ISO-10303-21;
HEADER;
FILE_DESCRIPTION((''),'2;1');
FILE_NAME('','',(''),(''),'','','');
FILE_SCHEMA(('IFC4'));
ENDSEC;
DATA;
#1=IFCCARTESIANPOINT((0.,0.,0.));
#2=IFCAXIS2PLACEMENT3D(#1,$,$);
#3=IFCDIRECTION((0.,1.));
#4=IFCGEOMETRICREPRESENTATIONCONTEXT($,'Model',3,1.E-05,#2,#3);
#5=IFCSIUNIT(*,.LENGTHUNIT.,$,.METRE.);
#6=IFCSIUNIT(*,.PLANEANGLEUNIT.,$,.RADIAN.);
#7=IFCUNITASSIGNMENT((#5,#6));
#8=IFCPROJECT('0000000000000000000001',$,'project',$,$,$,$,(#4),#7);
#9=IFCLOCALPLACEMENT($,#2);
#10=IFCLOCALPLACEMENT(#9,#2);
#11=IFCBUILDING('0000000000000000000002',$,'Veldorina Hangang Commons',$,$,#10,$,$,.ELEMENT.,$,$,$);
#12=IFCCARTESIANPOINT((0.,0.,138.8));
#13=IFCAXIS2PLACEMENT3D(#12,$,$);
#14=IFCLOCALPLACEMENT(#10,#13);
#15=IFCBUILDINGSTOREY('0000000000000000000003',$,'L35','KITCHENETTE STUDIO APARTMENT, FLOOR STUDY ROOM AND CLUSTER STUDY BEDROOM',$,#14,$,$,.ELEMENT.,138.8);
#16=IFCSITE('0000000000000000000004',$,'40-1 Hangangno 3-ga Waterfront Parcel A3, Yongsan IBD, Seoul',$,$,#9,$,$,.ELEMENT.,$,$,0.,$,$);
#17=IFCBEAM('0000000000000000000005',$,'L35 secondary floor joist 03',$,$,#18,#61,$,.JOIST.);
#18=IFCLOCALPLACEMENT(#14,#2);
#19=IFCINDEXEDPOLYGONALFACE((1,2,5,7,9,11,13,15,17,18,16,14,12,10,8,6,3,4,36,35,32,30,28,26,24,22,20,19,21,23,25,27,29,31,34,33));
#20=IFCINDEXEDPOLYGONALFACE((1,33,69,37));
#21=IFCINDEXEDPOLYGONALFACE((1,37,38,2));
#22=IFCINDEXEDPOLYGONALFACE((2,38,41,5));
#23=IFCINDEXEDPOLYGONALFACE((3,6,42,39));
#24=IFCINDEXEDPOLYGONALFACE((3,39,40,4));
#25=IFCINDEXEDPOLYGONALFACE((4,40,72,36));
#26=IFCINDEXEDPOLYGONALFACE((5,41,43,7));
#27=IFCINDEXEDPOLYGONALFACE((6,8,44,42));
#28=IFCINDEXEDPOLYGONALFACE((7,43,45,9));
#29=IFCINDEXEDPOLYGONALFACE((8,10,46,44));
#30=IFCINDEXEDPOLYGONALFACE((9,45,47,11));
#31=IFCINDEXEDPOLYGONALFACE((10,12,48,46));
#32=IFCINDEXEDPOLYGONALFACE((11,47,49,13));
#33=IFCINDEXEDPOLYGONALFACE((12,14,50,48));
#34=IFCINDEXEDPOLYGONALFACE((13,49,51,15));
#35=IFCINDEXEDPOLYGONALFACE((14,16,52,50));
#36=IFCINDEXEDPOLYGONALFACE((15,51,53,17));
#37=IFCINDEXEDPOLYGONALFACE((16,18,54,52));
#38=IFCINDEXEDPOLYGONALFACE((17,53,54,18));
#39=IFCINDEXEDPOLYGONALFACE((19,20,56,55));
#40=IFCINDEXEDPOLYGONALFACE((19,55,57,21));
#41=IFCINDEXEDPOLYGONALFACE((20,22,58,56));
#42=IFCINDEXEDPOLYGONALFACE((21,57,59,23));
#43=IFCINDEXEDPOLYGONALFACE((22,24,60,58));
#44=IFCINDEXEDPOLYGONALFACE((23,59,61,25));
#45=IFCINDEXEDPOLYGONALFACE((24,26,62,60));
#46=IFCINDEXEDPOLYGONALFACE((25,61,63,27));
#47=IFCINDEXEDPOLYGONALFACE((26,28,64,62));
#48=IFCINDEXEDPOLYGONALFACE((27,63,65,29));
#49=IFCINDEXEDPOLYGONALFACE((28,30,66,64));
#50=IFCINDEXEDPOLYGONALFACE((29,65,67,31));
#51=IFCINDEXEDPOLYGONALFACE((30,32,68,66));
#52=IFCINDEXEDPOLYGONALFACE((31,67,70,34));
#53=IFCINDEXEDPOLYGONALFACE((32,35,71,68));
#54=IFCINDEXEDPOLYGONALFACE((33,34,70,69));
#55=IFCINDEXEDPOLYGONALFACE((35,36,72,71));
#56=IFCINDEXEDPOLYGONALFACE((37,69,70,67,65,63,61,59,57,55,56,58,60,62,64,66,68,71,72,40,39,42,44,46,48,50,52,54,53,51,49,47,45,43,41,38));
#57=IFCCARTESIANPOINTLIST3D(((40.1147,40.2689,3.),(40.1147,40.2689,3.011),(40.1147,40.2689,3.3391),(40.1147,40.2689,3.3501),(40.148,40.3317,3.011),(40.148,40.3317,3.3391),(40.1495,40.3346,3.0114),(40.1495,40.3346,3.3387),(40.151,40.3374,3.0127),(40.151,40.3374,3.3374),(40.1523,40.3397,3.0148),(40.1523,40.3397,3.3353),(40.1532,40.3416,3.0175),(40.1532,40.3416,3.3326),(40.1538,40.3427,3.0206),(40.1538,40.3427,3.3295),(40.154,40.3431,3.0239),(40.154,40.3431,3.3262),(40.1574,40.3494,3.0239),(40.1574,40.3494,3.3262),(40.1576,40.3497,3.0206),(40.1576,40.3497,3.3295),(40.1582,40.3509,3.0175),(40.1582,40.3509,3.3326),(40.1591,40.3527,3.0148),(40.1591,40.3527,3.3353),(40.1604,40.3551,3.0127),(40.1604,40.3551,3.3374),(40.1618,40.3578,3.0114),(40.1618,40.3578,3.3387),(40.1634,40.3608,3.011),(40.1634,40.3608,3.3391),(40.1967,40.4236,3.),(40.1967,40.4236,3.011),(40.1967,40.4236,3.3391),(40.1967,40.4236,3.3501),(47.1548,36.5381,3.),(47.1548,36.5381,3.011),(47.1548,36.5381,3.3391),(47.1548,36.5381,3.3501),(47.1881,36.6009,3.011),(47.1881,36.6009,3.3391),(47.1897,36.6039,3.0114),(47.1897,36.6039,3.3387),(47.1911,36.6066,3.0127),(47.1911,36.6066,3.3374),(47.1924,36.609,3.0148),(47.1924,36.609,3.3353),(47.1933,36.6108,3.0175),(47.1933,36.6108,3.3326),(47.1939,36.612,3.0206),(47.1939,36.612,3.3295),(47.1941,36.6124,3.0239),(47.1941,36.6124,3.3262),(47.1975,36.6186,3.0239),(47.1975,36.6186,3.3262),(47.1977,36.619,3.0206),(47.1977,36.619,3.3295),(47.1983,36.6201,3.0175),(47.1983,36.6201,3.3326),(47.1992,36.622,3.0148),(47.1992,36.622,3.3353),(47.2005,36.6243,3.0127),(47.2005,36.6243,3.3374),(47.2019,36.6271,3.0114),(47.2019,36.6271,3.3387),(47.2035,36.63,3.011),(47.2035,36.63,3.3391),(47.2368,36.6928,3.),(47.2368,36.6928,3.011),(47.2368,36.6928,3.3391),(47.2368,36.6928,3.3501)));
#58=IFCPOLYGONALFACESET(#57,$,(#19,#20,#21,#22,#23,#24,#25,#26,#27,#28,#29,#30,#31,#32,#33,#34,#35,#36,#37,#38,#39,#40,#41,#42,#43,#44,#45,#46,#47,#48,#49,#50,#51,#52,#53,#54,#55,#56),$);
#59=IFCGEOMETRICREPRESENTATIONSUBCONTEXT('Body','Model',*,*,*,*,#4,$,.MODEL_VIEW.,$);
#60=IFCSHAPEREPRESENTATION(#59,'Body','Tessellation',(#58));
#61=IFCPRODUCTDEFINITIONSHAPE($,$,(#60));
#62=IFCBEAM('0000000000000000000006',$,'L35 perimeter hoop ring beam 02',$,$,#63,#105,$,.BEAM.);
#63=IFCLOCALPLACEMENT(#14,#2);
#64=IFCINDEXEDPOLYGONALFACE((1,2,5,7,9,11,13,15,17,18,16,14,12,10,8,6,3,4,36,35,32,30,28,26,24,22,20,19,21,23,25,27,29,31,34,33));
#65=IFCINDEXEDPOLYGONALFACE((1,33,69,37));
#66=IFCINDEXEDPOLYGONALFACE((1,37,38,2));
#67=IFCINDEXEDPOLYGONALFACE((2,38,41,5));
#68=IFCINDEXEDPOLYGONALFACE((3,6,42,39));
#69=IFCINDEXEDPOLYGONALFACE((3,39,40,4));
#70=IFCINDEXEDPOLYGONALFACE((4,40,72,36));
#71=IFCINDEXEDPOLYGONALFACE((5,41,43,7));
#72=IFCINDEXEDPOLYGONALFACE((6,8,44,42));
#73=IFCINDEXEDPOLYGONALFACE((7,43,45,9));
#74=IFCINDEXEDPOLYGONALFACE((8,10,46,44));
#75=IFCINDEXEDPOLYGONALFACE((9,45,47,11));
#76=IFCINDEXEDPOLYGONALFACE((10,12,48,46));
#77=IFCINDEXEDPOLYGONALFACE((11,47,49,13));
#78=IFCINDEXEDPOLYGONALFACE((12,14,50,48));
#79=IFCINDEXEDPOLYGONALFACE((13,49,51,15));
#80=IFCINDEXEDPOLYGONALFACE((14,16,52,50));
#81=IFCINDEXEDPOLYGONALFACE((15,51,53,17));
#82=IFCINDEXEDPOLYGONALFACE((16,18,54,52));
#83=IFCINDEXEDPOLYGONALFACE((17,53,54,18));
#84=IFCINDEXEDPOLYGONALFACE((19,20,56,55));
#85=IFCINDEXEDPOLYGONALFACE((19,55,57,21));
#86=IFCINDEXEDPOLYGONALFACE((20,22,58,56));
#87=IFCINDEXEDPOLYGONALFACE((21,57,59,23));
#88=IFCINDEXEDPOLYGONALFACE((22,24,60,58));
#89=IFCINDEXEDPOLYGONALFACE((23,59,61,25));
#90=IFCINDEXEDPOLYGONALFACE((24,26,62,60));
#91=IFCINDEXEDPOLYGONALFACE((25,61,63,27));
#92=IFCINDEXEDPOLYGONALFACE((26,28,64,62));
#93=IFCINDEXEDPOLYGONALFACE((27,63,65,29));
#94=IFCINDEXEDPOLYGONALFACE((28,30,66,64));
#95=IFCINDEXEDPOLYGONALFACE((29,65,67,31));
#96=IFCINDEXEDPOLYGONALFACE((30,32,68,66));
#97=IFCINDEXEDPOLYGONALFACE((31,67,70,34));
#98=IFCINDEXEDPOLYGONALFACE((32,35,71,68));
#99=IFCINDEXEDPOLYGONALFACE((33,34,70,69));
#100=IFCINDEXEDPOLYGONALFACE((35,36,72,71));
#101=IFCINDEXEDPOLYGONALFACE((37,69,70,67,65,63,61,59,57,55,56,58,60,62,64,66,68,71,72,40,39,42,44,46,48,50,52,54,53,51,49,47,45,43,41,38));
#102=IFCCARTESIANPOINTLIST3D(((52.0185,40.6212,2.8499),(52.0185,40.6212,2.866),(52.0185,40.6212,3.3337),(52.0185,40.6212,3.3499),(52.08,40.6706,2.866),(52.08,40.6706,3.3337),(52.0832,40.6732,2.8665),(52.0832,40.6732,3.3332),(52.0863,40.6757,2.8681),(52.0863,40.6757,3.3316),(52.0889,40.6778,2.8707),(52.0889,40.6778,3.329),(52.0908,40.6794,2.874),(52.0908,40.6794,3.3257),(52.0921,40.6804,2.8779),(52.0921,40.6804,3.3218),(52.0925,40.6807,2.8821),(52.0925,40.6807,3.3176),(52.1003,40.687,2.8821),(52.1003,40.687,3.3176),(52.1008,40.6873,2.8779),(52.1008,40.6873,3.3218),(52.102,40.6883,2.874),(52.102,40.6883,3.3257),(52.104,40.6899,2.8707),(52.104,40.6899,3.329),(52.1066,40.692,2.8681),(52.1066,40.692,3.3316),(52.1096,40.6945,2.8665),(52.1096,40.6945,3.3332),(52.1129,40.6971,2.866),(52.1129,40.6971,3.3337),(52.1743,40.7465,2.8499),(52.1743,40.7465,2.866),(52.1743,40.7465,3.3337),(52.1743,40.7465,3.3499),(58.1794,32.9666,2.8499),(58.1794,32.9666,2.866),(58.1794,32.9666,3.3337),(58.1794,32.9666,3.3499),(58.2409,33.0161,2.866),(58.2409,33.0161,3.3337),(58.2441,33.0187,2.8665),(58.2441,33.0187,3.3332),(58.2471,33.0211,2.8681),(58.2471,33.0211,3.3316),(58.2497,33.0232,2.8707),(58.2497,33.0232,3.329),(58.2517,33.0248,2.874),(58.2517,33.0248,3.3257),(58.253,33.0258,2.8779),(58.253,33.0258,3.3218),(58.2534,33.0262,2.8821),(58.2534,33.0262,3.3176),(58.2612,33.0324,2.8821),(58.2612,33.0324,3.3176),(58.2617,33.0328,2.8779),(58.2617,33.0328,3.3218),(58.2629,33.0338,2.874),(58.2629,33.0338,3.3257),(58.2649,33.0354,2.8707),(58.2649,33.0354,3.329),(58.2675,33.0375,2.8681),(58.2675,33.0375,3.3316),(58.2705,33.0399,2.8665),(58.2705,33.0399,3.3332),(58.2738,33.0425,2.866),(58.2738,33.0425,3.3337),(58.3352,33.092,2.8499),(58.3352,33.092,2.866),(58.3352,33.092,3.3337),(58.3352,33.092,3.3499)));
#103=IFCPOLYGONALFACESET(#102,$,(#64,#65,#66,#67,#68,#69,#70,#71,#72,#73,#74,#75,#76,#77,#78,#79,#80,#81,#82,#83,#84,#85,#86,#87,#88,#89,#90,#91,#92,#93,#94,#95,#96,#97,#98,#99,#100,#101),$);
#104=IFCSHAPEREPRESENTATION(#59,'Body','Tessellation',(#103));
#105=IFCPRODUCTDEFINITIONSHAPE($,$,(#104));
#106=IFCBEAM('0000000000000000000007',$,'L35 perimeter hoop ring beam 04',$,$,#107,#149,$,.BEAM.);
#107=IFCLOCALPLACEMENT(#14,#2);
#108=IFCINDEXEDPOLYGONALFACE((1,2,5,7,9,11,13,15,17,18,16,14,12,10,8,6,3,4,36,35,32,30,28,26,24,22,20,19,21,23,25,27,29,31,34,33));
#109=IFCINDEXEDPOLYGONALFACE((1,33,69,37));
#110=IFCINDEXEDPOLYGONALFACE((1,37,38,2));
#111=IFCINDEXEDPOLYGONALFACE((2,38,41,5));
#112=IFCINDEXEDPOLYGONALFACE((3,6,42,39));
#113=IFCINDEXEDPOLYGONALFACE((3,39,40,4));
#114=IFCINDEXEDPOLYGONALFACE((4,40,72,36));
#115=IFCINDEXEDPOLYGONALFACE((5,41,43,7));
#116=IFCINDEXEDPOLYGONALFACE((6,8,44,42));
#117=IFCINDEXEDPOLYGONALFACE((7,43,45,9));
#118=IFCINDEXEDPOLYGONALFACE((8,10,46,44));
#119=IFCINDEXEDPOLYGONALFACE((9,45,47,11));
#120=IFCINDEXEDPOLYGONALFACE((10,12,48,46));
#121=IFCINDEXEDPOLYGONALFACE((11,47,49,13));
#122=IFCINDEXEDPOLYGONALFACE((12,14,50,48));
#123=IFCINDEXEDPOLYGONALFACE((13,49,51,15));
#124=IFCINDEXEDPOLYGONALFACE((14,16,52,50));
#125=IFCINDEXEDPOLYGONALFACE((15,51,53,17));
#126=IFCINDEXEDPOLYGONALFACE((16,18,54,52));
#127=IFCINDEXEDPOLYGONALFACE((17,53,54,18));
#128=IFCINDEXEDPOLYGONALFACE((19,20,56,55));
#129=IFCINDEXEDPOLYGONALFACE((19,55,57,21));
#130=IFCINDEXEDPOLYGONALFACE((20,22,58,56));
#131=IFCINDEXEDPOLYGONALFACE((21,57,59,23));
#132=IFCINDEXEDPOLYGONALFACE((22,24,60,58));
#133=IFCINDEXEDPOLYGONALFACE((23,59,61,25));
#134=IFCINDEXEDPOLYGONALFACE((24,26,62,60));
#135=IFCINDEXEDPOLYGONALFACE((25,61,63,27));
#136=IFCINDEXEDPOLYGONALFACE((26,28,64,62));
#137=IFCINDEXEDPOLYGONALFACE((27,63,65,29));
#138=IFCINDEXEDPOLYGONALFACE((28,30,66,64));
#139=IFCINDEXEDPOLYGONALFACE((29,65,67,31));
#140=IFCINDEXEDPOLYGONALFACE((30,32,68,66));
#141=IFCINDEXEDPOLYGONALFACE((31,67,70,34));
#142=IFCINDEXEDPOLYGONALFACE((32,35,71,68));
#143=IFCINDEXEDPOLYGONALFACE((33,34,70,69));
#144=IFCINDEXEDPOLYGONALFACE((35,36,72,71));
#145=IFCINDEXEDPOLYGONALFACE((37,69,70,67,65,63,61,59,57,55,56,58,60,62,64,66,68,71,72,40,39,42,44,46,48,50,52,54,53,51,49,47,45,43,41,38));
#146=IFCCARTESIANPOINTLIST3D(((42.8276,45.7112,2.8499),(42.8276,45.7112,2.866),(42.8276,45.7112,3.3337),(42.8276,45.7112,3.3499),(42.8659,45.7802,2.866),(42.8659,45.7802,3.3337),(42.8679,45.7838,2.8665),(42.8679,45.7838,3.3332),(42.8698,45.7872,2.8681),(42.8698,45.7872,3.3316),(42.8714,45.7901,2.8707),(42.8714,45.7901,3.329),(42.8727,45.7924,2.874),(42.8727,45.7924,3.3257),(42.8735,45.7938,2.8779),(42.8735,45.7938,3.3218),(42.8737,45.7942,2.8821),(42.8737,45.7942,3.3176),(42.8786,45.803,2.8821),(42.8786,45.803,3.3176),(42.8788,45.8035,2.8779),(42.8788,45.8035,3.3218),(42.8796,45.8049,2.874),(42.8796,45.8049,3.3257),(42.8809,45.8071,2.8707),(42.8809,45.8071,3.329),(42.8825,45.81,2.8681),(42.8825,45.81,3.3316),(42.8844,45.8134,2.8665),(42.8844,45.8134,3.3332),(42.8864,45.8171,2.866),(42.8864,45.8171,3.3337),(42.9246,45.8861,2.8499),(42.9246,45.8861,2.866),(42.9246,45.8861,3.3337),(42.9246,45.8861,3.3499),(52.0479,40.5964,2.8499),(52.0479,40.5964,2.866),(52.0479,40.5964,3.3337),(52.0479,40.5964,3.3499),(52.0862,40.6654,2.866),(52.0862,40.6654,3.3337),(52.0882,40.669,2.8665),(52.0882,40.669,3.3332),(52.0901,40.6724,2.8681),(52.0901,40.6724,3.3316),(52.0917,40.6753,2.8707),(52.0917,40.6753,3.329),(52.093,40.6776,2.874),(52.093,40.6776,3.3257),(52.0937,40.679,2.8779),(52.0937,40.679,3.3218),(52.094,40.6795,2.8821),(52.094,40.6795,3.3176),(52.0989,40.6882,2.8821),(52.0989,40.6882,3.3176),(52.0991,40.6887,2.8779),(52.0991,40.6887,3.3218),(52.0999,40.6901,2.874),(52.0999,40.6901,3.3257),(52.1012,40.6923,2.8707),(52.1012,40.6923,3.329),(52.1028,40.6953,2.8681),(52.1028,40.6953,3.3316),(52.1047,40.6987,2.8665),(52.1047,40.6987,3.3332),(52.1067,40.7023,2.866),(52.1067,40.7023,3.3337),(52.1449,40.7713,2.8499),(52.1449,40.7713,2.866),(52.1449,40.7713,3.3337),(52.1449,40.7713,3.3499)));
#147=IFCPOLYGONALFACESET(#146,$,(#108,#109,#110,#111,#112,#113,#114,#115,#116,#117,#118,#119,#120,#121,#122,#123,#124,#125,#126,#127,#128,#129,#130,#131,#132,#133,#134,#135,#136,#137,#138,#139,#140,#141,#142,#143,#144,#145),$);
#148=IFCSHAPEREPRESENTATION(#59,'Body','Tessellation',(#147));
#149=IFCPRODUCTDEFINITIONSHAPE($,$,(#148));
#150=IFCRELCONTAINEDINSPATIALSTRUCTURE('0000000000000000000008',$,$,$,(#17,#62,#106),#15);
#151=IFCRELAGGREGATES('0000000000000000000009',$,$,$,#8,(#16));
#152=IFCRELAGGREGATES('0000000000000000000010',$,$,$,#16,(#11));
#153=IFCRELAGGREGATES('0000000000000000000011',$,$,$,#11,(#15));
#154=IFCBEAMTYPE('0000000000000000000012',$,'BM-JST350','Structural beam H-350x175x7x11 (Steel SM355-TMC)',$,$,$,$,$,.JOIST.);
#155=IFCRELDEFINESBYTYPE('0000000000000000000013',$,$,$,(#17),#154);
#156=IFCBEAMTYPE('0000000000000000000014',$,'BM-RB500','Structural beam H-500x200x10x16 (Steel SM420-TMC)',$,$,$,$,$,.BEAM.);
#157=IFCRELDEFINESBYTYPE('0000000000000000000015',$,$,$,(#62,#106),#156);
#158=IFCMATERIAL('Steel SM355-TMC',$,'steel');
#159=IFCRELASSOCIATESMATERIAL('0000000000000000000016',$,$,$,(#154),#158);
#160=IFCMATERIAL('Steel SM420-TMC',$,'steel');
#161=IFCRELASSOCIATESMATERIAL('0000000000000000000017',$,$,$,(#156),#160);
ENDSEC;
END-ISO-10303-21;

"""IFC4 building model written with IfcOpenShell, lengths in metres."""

from ifc_helpers import new_model, si_unit, direction, frame, origin, origin_2d, place, context, subcontext, project, spatial, i_section, extrude, material, material_profile, profile_set, type_object, element, save


model = new_model("IFC4")

# Units and contexts
model_context = context("Model", 3, precision=1e-05, world=origin(), true_north=direction((0.0, 1.0)))
body_context = subcontext(model_context, "Body", "Model", "MODEL_VIEW")
ifc_project = project(units=[si_unit("LENGTHUNIT", "METRE"), si_unit("PLANEANGLEUNIT", "RADIAN")], contexts=[model_context])

# Site, building, storey
site_placement = place(None, origin())
site = spatial("IfcSite", under=ifc_project, at=site_placement, Name="40-1 Hangangno 3-ga Waterfront Parcel A3, Yongsan IBD, Seoul", CompositionType="ELEMENT", RefElevation=0.0)
building_placement = place(site_placement, origin())
building = spatial("IfcBuilding", under=site, at=building_placement, Name="Veldorina Hangang Commons", CompositionType="ELEMENT")
storey_placement = place(building_placement, frame((0.0, 0.0, 138.8)))
storey = spatial("IfcBuildingStorey", under=building, at=storey_placement, Name="L35", Description="KITCHENETTE STUDIO APARTMENT, FLOOR STUDY ROOM AND CLUSTER STUDY BEDROOM", CompositionType="ELEMENT", Elevation=138.8)

# Beams
ifc_material_1 = material(Name="Steel SM355-TMC", Category="steel")
ifc_material_profile_1 = material_profile(ifc_material_1, i_section(OverallWidth=0.175, OverallDepth=0.3501, WebThickness=0.0071, FlangeThickness=0.011, FilletRadius=0.0129, at=origin_2d()), Name="H-350x175x7x11")
ifc_profile_set_1 = profile_set([ifc_material_profile_1], Name="Steel SM355-TMC")
beam_type_1 = type_object("IfcBeamType", Name="BM-JST350", Description="Structural beam H-350x175x7x11 (Steel SM355-TMC)", PredefinedType="JOIST", material=ifc_profile_set_1)
beam_1_placement = place(storey_placement, frame((47.1958, 36.6155, 3.175), z_axis=(-0.883599, 0.468244, 0.0), x_axis=(-0.468244, -0.883599, 0.0)))
element("IfcBeam", 1, at=beam_1_placement, inside=storey, type_object=beam_type_1, Name="L35 secondary floor joist 03", PredefinedType="JOIST", context=body_context, shape_type="SweptSolid", body=[
    extrude(i_section(OverallWidth=0.175, OverallDepth=0.3501, WebThickness=0.0071, FlangeThickness=0.011, FilletRadius=0.0129, at=origin_2d()), origin(), (0.0, 0.0, 1.0), 7.9675),
])
ifc_material_2 = material(Name="Steel SM420-TMC", Category="steel")
ifc_material_profile_2 = material_profile(ifc_material_2, i_section(OverallWidth=0.2, OverallDepth=0.5, WebThickness=0.01, FlangeThickness=0.0161, FilletRadius=0.0161, at=origin_2d()), Name="H-500x200x10x16")
ifc_profile_set_2 = profile_set([ifc_material_profile_2], Name="Steel SM420-TMC")
beam_type_2 = type_object("IfcBeamType", Name="BM-RB500", Description="Structural beam H-500x200x10x16 (Steel SM420-TMC)", PredefinedType="BEAM", material=ifc_profile_set_2)
beam_2_placement = place(storey_placement, frame((58.2573, 33.0293, 3.0999), z_axis=(-0.627004, 0.779016, 0.0), x_axis=(-0.779016, -0.627004, 0.0)))
element("IfcBeam", 2, at=beam_2_placement, inside=storey, type_object=beam_type_2, Name="L35 perimeter hoop ring beam 02", PredefinedType="BEAM", context=body_context, shape_type="SweptSolid", body=[
    extrude(i_section(OverallWidth=0.2, OverallDepth=0.5, WebThickness=0.01, FlangeThickness=0.0161, FilletRadius=0.0161, at=origin_2d()), origin(), (0.0, 0.0, 1.0), 9.8259),
])
beam_3_placement = place(storey_placement, frame((52.0964, 40.6838, 3.0999), z_axis=(-0.874463, 0.485092, 0.0), x_axis=(-0.485092, -0.874463, 0.0)))
element("IfcBeam", 3, at=beam_3_placement, inside=storey, type_object=beam_type_2, Name="L35 perimeter hoop ring beam 04", PredefinedType="BEAM", context=body_context, shape_type="SweptSolid", body=[
    extrude(i_section(OverallWidth=0.2, OverallDepth=0.5, WebThickness=0.01, FlangeThickness=0.0161, FilletRadius=0.0161, at=origin_2d()), origin(), (0.0, 0.0, 1.0), 10.5439),
])

save(model, "model.ifc")
